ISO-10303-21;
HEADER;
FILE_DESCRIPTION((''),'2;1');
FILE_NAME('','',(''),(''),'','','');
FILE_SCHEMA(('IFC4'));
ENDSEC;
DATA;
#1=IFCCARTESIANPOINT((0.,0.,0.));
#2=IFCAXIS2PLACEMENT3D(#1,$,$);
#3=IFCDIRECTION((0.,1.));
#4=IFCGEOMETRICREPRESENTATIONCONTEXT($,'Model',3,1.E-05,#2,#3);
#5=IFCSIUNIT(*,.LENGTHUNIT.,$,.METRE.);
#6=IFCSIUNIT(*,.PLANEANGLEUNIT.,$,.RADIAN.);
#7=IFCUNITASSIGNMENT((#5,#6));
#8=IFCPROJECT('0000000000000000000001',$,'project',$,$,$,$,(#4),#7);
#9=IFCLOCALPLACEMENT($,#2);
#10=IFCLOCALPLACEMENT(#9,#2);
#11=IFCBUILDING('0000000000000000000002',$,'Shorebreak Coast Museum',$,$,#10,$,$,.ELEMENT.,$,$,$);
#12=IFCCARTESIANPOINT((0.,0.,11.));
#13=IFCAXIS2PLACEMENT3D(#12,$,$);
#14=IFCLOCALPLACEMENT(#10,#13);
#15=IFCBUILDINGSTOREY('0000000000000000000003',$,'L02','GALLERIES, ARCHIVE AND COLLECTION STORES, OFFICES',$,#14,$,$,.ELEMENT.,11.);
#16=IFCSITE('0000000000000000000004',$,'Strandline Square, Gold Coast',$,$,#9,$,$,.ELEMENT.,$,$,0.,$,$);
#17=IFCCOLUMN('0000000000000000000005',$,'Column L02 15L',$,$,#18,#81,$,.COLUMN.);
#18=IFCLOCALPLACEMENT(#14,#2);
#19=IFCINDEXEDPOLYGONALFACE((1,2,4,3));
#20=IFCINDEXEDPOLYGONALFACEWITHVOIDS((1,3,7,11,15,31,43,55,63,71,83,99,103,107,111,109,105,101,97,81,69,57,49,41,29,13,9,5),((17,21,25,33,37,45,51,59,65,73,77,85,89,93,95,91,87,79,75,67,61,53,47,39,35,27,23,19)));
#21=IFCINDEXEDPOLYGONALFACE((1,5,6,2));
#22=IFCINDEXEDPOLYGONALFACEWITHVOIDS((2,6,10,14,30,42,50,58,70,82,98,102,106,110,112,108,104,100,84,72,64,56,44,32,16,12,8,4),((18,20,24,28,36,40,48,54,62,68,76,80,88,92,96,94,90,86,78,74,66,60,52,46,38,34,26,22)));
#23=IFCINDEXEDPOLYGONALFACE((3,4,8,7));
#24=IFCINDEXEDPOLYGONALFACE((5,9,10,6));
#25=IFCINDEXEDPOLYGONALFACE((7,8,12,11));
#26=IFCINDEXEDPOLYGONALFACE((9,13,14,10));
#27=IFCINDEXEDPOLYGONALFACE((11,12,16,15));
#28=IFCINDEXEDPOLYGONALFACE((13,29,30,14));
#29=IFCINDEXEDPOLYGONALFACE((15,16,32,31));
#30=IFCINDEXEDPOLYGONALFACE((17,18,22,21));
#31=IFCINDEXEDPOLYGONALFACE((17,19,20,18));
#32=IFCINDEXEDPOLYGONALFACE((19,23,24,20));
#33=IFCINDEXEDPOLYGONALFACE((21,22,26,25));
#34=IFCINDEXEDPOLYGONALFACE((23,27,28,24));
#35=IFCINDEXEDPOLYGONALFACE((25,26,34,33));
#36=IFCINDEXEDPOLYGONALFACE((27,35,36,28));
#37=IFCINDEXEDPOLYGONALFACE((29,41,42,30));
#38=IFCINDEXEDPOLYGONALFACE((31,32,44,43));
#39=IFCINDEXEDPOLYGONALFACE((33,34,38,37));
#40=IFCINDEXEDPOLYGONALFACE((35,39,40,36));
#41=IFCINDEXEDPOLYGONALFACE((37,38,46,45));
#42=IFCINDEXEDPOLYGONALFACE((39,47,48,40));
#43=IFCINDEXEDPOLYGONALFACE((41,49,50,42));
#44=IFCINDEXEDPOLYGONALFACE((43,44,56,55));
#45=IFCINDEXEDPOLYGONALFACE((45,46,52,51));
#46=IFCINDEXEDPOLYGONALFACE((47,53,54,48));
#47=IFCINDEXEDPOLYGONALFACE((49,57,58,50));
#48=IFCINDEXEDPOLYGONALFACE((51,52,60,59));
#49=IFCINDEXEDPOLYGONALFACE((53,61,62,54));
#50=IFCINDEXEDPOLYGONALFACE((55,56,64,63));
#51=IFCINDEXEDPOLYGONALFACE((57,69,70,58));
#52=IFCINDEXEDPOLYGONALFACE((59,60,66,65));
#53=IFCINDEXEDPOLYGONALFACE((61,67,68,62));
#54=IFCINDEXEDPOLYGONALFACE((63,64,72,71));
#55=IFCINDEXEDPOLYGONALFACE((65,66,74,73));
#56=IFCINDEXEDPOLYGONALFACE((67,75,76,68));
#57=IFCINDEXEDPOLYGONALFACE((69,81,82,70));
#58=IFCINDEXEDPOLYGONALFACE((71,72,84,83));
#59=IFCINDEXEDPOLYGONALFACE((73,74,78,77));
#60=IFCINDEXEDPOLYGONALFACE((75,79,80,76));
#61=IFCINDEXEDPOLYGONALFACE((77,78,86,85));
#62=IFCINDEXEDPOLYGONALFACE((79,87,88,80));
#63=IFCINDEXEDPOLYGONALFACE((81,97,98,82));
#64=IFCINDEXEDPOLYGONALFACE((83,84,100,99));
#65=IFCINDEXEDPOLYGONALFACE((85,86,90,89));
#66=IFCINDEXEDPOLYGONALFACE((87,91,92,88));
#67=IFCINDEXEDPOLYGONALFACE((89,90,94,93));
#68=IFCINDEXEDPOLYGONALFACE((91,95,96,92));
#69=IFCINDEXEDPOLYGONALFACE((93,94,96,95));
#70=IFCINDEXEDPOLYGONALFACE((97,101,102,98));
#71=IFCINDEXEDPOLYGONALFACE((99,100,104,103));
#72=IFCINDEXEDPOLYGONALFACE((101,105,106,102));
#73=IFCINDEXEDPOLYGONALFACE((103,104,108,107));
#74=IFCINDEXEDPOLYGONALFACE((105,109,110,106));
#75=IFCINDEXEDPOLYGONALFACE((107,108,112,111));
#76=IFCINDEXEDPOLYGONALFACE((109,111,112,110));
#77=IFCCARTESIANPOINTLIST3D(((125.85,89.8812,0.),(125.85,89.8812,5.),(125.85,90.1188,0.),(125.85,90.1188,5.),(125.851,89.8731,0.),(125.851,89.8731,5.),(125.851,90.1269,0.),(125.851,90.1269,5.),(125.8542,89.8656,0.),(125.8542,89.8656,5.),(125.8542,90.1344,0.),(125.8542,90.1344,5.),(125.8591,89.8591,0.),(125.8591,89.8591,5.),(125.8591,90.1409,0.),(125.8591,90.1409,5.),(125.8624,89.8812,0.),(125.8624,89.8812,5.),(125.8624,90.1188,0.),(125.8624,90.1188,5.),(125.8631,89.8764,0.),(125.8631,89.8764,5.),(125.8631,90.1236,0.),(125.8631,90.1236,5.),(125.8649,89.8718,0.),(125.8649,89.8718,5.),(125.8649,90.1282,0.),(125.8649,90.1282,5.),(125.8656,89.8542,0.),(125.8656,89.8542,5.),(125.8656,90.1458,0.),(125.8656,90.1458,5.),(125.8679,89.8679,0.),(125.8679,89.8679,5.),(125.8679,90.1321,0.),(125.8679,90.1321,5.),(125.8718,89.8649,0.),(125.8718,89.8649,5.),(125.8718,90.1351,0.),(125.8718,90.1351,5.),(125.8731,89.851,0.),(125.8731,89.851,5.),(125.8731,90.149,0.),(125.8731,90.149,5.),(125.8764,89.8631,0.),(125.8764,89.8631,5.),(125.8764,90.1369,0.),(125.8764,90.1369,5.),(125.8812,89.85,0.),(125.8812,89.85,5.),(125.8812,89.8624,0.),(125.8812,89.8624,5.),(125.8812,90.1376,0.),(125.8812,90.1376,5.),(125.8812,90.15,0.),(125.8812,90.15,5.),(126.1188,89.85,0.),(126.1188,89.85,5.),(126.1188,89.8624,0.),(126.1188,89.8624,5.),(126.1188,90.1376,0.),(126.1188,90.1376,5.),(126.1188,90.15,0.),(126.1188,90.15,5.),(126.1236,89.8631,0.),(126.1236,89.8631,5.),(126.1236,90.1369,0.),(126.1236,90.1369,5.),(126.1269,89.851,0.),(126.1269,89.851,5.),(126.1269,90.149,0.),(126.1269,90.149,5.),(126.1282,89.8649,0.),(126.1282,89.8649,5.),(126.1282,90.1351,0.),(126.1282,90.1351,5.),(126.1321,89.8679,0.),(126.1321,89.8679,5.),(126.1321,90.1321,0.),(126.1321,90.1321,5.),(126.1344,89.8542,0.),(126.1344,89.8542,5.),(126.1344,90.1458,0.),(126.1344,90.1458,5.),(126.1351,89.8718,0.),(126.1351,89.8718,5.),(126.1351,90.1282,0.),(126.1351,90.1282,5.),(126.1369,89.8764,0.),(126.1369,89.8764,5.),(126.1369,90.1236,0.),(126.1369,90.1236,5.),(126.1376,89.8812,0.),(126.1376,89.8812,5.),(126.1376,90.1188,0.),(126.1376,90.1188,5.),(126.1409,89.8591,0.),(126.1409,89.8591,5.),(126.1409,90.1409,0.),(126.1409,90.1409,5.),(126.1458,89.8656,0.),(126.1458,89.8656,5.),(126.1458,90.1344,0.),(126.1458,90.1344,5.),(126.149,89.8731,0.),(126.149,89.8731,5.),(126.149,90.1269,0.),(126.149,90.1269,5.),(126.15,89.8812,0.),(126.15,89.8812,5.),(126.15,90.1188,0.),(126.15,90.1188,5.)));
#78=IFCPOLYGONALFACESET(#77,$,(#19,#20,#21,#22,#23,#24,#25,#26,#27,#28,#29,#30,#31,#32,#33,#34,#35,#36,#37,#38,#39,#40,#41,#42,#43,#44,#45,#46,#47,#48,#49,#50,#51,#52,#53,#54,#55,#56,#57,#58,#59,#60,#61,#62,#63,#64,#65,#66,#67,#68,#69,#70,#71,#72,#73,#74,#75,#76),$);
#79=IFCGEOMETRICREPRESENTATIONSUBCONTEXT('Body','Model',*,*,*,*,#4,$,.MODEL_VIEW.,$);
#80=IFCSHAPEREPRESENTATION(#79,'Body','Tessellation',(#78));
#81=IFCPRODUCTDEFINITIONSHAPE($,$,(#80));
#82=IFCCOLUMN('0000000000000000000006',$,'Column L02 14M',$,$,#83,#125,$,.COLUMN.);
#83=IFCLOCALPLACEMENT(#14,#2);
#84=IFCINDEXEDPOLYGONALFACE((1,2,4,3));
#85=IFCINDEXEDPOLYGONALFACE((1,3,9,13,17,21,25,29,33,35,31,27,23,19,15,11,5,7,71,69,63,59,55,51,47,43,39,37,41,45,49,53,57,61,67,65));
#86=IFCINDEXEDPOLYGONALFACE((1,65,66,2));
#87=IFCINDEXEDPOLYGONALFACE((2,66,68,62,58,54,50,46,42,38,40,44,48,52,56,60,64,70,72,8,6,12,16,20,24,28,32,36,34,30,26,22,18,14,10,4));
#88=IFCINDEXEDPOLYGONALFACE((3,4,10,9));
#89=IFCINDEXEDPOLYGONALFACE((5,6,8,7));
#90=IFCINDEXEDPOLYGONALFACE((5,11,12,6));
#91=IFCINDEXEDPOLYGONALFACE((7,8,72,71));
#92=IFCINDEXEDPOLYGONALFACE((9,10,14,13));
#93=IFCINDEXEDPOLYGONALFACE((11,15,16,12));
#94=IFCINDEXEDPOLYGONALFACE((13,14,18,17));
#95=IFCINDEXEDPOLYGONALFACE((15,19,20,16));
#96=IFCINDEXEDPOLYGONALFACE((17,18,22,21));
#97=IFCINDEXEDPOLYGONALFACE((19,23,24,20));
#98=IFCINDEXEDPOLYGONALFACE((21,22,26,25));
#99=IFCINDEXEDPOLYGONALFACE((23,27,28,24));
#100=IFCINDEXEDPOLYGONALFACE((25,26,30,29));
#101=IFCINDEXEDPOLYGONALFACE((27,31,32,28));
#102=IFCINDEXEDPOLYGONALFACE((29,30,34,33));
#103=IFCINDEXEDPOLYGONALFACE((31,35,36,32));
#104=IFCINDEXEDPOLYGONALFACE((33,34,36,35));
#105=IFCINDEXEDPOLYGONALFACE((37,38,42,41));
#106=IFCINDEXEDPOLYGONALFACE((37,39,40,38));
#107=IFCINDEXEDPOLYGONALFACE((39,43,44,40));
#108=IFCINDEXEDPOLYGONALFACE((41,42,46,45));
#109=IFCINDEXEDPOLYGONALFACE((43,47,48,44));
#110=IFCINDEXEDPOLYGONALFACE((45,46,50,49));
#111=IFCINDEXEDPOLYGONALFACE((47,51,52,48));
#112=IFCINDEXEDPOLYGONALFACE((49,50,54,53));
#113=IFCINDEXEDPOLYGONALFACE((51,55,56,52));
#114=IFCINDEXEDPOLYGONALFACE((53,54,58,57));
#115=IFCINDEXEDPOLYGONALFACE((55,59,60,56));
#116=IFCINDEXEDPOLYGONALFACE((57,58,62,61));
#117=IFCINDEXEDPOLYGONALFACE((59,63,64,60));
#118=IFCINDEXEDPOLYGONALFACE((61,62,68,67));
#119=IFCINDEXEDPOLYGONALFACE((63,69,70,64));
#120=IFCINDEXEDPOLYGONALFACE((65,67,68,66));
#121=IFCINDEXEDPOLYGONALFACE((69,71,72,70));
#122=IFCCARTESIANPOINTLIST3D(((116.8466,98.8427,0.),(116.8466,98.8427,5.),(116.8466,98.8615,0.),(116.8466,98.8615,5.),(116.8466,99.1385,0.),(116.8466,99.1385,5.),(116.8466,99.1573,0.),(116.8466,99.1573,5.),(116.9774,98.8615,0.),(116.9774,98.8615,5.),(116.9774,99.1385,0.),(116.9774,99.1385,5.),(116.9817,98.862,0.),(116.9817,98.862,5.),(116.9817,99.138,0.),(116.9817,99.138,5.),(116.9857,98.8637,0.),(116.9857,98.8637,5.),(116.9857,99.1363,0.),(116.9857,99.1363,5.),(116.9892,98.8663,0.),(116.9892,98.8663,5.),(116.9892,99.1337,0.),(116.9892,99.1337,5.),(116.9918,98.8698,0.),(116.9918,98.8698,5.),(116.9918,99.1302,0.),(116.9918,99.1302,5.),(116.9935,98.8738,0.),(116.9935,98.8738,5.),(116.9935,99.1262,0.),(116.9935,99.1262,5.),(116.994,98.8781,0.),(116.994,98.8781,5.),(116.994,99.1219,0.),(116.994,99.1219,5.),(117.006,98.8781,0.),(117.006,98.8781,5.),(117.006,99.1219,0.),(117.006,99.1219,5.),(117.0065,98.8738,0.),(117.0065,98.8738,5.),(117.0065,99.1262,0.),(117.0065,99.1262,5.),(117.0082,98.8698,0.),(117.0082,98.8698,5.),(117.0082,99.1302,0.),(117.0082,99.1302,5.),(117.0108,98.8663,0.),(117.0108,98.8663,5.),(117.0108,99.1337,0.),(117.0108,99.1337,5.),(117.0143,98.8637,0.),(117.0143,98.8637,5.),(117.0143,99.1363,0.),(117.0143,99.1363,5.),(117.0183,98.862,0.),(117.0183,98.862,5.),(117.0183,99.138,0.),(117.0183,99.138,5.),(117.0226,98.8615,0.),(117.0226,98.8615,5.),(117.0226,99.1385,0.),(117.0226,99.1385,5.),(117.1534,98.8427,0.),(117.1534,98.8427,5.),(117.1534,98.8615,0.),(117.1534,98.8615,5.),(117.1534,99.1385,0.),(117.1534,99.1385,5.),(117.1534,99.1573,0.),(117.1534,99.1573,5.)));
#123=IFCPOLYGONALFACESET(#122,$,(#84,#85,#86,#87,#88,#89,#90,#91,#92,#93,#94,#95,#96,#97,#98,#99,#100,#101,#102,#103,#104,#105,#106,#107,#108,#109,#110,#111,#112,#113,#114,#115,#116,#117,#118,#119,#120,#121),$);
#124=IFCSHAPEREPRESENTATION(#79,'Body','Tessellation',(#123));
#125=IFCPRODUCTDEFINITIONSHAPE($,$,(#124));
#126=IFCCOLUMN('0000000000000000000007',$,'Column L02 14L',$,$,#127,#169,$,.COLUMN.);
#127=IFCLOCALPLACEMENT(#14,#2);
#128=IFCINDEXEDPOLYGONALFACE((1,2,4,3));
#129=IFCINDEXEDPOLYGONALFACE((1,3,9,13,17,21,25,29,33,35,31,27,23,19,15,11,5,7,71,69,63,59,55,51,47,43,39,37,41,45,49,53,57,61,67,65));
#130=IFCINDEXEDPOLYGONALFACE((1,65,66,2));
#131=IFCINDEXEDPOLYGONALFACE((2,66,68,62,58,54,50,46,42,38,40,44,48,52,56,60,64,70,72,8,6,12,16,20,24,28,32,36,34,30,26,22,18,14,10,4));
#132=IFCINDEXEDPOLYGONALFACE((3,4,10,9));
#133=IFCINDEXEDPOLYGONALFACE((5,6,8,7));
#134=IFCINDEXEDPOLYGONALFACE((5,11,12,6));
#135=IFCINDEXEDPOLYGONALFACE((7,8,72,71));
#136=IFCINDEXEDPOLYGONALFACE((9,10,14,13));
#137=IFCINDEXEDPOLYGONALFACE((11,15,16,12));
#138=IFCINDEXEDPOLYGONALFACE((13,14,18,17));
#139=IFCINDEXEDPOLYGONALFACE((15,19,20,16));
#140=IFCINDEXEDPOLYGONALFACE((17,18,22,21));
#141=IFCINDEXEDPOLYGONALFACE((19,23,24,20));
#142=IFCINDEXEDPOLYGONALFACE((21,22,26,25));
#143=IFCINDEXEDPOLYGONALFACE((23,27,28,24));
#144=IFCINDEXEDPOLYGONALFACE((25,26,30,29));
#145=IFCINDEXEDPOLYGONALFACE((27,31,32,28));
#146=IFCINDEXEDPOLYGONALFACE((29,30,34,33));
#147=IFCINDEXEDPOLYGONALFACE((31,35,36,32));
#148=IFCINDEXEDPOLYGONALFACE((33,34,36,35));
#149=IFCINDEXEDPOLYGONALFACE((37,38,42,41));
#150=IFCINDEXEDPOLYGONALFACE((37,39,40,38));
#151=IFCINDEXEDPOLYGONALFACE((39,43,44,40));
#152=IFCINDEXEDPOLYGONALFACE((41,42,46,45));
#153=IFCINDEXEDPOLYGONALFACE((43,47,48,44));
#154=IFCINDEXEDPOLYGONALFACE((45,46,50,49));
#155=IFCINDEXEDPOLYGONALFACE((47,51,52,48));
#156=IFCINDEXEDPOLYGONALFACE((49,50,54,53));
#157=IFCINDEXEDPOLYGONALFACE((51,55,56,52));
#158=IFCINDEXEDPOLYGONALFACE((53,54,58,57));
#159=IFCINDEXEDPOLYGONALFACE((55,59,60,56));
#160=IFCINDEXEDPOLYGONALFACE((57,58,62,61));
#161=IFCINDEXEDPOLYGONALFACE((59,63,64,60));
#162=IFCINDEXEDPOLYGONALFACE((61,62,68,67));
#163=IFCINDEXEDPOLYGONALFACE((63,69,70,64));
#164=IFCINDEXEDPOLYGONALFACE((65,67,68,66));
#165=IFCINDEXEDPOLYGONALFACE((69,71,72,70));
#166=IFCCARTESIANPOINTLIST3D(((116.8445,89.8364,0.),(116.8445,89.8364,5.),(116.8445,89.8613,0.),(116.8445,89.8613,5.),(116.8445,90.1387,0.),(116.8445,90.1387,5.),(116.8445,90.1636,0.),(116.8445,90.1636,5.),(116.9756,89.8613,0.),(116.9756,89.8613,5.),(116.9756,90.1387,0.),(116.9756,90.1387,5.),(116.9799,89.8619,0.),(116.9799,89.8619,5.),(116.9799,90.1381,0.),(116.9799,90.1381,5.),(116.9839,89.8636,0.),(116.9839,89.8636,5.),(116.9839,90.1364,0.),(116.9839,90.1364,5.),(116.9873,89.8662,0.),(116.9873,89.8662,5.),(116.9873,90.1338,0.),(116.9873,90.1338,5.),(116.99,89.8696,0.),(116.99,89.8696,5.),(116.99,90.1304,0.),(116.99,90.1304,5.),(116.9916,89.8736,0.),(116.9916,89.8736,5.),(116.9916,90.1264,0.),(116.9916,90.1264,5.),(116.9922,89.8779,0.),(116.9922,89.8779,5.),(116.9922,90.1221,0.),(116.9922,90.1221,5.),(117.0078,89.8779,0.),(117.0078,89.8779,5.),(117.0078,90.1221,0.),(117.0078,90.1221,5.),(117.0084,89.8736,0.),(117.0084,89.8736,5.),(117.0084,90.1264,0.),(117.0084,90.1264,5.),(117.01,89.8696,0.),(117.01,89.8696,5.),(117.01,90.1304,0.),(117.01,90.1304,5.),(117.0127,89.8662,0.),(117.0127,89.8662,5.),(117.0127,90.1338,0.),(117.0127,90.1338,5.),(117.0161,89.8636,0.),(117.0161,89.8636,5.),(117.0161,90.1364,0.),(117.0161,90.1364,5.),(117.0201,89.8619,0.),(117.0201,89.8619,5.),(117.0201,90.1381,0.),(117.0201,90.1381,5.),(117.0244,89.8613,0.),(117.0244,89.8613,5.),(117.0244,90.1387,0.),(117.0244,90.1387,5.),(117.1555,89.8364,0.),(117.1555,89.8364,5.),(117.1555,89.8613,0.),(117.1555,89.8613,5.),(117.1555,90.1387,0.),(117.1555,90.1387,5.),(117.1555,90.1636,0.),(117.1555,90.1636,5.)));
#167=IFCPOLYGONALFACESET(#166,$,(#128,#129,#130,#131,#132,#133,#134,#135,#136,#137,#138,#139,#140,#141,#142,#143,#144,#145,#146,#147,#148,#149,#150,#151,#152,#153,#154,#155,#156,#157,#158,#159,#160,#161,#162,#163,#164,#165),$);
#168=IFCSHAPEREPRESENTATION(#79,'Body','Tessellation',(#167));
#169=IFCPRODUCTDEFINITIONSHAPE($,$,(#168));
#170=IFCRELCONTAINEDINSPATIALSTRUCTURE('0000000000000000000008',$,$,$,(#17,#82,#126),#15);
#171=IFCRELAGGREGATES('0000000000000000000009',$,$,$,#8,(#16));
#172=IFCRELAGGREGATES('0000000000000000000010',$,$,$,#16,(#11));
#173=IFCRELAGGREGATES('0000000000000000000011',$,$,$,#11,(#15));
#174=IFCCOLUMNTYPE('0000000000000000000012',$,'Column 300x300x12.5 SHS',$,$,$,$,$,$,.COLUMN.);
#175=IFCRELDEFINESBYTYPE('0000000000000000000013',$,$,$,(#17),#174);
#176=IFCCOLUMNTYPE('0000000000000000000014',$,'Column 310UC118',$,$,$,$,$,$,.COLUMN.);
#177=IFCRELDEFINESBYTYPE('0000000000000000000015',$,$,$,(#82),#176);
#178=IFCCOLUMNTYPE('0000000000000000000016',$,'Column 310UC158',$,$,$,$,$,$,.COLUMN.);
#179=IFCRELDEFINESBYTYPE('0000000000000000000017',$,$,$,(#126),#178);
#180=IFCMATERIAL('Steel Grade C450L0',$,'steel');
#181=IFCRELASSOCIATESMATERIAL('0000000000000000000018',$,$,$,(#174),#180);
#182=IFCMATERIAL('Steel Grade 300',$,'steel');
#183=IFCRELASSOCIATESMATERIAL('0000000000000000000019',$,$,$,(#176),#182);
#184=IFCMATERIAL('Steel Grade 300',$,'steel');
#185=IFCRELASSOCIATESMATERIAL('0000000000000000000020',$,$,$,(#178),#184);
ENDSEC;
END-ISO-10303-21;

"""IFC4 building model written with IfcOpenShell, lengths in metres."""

from ifc_helpers import new_model, si_unit, direction, frame, origin, origin_2d, place, context, subcontext, project, spatial, hollow_rectangle, i_section, extrude, material, material_profile, profile_set, type_object, element, save


model = new_model("IFC4")

# Units and contexts
model_context = context("Model", 3, precision=1e-05, world=origin(), true_north=direction((0.0, 1.0)))
body_context = subcontext(model_context, "Body", "Model", "MODEL_VIEW")
ifc_project = project(units=[si_unit("LENGTHUNIT", "METRE"), si_unit("PLANEANGLEUNIT", "RADIAN")], contexts=[model_context])

# Site, building, storey
site_placement = place(None, origin())
site = spatial("IfcSite", under=ifc_project, at=site_placement, Name="Strandline Square, Gold Coast", CompositionType="ELEMENT", RefElevation=0.0)
building_placement = place(site_placement, origin())
building = spatial("IfcBuilding", under=site, at=building_placement, Name="Shorebreak Coast Museum", CompositionType="ELEMENT")
storey_placement = place(building_placement, frame((0.0, 0.0, 11.0)))
storey = spatial("IfcBuildingStorey", under=building, at=storey_placement, Name="L02", Description="GALLERIES, ARCHIVE AND COLLECTION STORES, OFFICES", CompositionType="ELEMENT", Elevation=11.0)

# Columns
ifc_material_1 = material(Name="Steel Grade C450L0", Category="steel")
ifc_material_profile_1 = material_profile(ifc_material_1, hollow_rectangle(XDim=0.3, YDim=0.3, WallThickness=0.0125, InnerFilletRadius=0.0188, OuterFilletRadius=0.0312, at=origin_2d()), Name="300x300x12.5 SHS")
ifc_profile_set_1 = profile_set([ifc_material_profile_1], Name="Steel Grade C450L0")
column_type_1 = type_object("IfcColumnType", Name="Column 300x300x12.5 SHS", PredefinedType="COLUMN", material=ifc_profile_set_1)
column_1_placement = place(storey_placement, frame((126.0, 90.0, 0.0), z_axis=(0.0, 0.0, 1.0), x_axis=(1.0, 0.0, 0.0)))
element("IfcColumn", 1, at=column_1_placement, inside=storey, type_object=column_type_1, Name="Column L02 15L", PredefinedType="COLUMN", context=body_context, shape_type="SweptSolid", body=[
    extrude(hollow_rectangle(XDim=0.3, YDim=0.3, WallThickness=0.0125, InnerFilletRadius=0.0188, OuterFilletRadius=0.0312, at=origin_2d()), origin(), (0.0, 0.0, 1.0), 5.0),
])
ifc_material_2 = material(Name="Steel Grade 300", Category="steel")
ifc_material_profile_2 = material_profile(ifc_material_2, i_section(OverallWidth=0.3069, OverallDepth=0.3147, WebThickness=0.012, FlangeThickness=0.0188, FilletRadius=0.0166, at=origin_2d()), Name="310UC118")
ifc_profile_set_2 = profile_set([ifc_material_profile_2], Name="Steel Grade 300")
column_type_2 = type_object("IfcColumnType", Name="Column 310UC118", PredefinedType="COLUMN", material=ifc_profile_set_2)
column_2_placement = place(storey_placement, frame((117.0, 99.0, 0.0), z_axis=(0.0, 0.0, 1.0), x_axis=(1.0, 0.0, 0.0)))
element("IfcColumn", 2, at=column_2_placement, inside=storey, type_object=column_type_2, Name="Column L02 14M", PredefinedType="COLUMN", context=body_context, shape_type="SweptSolid", body=[
    extrude(i_section(OverallWidth=0.3069, OverallDepth=0.3147, WebThickness=0.012, FlangeThickness=0.0188, FilletRadius=0.0166, at=origin_2d()), origin(), (0.0, 0.0, 1.0), 5.0),
])
ifc_material_3 = material(Name="Steel Grade 300", Category="steel")
ifc_material_profile_3 = material_profile(ifc_material_3, i_section(OverallWidth=0.311, OverallDepth=0.3271, WebThickness=0.0156, FlangeThickness=0.0249, FilletRadius=0.0166, at=origin_2d()), Name="310UC158")
ifc_profile_set_3 = profile_set([ifc_material_profile_3], Name="Steel Grade 300")
column_type_3 = type_object("IfcColumnType", Name="Column 310UC158", PredefinedType="COLUMN", material=ifc_profile_set_3)
column_3_placement = place(storey_placement, frame((117.0, 90.0, 0.0), z_axis=(0.0, 0.0, 1.0), x_axis=(1.0, 0.0, 0.0)))
element("IfcColumn", 3, at=column_3_placement, inside=storey, type_object=column_type_3, Name="Column L02 14L", PredefinedType="COLUMN", context=body_context, shape_type="SweptSolid", body=[
    extrude(i_section(OverallWidth=0.311, OverallDepth=0.3271, WebThickness=0.0156, FlangeThickness=0.0249, FilletRadius=0.0166, at=origin_2d()), origin(), (0.0, 0.0, 1.0), 5.0),
])

save(model, "model.ifc")
